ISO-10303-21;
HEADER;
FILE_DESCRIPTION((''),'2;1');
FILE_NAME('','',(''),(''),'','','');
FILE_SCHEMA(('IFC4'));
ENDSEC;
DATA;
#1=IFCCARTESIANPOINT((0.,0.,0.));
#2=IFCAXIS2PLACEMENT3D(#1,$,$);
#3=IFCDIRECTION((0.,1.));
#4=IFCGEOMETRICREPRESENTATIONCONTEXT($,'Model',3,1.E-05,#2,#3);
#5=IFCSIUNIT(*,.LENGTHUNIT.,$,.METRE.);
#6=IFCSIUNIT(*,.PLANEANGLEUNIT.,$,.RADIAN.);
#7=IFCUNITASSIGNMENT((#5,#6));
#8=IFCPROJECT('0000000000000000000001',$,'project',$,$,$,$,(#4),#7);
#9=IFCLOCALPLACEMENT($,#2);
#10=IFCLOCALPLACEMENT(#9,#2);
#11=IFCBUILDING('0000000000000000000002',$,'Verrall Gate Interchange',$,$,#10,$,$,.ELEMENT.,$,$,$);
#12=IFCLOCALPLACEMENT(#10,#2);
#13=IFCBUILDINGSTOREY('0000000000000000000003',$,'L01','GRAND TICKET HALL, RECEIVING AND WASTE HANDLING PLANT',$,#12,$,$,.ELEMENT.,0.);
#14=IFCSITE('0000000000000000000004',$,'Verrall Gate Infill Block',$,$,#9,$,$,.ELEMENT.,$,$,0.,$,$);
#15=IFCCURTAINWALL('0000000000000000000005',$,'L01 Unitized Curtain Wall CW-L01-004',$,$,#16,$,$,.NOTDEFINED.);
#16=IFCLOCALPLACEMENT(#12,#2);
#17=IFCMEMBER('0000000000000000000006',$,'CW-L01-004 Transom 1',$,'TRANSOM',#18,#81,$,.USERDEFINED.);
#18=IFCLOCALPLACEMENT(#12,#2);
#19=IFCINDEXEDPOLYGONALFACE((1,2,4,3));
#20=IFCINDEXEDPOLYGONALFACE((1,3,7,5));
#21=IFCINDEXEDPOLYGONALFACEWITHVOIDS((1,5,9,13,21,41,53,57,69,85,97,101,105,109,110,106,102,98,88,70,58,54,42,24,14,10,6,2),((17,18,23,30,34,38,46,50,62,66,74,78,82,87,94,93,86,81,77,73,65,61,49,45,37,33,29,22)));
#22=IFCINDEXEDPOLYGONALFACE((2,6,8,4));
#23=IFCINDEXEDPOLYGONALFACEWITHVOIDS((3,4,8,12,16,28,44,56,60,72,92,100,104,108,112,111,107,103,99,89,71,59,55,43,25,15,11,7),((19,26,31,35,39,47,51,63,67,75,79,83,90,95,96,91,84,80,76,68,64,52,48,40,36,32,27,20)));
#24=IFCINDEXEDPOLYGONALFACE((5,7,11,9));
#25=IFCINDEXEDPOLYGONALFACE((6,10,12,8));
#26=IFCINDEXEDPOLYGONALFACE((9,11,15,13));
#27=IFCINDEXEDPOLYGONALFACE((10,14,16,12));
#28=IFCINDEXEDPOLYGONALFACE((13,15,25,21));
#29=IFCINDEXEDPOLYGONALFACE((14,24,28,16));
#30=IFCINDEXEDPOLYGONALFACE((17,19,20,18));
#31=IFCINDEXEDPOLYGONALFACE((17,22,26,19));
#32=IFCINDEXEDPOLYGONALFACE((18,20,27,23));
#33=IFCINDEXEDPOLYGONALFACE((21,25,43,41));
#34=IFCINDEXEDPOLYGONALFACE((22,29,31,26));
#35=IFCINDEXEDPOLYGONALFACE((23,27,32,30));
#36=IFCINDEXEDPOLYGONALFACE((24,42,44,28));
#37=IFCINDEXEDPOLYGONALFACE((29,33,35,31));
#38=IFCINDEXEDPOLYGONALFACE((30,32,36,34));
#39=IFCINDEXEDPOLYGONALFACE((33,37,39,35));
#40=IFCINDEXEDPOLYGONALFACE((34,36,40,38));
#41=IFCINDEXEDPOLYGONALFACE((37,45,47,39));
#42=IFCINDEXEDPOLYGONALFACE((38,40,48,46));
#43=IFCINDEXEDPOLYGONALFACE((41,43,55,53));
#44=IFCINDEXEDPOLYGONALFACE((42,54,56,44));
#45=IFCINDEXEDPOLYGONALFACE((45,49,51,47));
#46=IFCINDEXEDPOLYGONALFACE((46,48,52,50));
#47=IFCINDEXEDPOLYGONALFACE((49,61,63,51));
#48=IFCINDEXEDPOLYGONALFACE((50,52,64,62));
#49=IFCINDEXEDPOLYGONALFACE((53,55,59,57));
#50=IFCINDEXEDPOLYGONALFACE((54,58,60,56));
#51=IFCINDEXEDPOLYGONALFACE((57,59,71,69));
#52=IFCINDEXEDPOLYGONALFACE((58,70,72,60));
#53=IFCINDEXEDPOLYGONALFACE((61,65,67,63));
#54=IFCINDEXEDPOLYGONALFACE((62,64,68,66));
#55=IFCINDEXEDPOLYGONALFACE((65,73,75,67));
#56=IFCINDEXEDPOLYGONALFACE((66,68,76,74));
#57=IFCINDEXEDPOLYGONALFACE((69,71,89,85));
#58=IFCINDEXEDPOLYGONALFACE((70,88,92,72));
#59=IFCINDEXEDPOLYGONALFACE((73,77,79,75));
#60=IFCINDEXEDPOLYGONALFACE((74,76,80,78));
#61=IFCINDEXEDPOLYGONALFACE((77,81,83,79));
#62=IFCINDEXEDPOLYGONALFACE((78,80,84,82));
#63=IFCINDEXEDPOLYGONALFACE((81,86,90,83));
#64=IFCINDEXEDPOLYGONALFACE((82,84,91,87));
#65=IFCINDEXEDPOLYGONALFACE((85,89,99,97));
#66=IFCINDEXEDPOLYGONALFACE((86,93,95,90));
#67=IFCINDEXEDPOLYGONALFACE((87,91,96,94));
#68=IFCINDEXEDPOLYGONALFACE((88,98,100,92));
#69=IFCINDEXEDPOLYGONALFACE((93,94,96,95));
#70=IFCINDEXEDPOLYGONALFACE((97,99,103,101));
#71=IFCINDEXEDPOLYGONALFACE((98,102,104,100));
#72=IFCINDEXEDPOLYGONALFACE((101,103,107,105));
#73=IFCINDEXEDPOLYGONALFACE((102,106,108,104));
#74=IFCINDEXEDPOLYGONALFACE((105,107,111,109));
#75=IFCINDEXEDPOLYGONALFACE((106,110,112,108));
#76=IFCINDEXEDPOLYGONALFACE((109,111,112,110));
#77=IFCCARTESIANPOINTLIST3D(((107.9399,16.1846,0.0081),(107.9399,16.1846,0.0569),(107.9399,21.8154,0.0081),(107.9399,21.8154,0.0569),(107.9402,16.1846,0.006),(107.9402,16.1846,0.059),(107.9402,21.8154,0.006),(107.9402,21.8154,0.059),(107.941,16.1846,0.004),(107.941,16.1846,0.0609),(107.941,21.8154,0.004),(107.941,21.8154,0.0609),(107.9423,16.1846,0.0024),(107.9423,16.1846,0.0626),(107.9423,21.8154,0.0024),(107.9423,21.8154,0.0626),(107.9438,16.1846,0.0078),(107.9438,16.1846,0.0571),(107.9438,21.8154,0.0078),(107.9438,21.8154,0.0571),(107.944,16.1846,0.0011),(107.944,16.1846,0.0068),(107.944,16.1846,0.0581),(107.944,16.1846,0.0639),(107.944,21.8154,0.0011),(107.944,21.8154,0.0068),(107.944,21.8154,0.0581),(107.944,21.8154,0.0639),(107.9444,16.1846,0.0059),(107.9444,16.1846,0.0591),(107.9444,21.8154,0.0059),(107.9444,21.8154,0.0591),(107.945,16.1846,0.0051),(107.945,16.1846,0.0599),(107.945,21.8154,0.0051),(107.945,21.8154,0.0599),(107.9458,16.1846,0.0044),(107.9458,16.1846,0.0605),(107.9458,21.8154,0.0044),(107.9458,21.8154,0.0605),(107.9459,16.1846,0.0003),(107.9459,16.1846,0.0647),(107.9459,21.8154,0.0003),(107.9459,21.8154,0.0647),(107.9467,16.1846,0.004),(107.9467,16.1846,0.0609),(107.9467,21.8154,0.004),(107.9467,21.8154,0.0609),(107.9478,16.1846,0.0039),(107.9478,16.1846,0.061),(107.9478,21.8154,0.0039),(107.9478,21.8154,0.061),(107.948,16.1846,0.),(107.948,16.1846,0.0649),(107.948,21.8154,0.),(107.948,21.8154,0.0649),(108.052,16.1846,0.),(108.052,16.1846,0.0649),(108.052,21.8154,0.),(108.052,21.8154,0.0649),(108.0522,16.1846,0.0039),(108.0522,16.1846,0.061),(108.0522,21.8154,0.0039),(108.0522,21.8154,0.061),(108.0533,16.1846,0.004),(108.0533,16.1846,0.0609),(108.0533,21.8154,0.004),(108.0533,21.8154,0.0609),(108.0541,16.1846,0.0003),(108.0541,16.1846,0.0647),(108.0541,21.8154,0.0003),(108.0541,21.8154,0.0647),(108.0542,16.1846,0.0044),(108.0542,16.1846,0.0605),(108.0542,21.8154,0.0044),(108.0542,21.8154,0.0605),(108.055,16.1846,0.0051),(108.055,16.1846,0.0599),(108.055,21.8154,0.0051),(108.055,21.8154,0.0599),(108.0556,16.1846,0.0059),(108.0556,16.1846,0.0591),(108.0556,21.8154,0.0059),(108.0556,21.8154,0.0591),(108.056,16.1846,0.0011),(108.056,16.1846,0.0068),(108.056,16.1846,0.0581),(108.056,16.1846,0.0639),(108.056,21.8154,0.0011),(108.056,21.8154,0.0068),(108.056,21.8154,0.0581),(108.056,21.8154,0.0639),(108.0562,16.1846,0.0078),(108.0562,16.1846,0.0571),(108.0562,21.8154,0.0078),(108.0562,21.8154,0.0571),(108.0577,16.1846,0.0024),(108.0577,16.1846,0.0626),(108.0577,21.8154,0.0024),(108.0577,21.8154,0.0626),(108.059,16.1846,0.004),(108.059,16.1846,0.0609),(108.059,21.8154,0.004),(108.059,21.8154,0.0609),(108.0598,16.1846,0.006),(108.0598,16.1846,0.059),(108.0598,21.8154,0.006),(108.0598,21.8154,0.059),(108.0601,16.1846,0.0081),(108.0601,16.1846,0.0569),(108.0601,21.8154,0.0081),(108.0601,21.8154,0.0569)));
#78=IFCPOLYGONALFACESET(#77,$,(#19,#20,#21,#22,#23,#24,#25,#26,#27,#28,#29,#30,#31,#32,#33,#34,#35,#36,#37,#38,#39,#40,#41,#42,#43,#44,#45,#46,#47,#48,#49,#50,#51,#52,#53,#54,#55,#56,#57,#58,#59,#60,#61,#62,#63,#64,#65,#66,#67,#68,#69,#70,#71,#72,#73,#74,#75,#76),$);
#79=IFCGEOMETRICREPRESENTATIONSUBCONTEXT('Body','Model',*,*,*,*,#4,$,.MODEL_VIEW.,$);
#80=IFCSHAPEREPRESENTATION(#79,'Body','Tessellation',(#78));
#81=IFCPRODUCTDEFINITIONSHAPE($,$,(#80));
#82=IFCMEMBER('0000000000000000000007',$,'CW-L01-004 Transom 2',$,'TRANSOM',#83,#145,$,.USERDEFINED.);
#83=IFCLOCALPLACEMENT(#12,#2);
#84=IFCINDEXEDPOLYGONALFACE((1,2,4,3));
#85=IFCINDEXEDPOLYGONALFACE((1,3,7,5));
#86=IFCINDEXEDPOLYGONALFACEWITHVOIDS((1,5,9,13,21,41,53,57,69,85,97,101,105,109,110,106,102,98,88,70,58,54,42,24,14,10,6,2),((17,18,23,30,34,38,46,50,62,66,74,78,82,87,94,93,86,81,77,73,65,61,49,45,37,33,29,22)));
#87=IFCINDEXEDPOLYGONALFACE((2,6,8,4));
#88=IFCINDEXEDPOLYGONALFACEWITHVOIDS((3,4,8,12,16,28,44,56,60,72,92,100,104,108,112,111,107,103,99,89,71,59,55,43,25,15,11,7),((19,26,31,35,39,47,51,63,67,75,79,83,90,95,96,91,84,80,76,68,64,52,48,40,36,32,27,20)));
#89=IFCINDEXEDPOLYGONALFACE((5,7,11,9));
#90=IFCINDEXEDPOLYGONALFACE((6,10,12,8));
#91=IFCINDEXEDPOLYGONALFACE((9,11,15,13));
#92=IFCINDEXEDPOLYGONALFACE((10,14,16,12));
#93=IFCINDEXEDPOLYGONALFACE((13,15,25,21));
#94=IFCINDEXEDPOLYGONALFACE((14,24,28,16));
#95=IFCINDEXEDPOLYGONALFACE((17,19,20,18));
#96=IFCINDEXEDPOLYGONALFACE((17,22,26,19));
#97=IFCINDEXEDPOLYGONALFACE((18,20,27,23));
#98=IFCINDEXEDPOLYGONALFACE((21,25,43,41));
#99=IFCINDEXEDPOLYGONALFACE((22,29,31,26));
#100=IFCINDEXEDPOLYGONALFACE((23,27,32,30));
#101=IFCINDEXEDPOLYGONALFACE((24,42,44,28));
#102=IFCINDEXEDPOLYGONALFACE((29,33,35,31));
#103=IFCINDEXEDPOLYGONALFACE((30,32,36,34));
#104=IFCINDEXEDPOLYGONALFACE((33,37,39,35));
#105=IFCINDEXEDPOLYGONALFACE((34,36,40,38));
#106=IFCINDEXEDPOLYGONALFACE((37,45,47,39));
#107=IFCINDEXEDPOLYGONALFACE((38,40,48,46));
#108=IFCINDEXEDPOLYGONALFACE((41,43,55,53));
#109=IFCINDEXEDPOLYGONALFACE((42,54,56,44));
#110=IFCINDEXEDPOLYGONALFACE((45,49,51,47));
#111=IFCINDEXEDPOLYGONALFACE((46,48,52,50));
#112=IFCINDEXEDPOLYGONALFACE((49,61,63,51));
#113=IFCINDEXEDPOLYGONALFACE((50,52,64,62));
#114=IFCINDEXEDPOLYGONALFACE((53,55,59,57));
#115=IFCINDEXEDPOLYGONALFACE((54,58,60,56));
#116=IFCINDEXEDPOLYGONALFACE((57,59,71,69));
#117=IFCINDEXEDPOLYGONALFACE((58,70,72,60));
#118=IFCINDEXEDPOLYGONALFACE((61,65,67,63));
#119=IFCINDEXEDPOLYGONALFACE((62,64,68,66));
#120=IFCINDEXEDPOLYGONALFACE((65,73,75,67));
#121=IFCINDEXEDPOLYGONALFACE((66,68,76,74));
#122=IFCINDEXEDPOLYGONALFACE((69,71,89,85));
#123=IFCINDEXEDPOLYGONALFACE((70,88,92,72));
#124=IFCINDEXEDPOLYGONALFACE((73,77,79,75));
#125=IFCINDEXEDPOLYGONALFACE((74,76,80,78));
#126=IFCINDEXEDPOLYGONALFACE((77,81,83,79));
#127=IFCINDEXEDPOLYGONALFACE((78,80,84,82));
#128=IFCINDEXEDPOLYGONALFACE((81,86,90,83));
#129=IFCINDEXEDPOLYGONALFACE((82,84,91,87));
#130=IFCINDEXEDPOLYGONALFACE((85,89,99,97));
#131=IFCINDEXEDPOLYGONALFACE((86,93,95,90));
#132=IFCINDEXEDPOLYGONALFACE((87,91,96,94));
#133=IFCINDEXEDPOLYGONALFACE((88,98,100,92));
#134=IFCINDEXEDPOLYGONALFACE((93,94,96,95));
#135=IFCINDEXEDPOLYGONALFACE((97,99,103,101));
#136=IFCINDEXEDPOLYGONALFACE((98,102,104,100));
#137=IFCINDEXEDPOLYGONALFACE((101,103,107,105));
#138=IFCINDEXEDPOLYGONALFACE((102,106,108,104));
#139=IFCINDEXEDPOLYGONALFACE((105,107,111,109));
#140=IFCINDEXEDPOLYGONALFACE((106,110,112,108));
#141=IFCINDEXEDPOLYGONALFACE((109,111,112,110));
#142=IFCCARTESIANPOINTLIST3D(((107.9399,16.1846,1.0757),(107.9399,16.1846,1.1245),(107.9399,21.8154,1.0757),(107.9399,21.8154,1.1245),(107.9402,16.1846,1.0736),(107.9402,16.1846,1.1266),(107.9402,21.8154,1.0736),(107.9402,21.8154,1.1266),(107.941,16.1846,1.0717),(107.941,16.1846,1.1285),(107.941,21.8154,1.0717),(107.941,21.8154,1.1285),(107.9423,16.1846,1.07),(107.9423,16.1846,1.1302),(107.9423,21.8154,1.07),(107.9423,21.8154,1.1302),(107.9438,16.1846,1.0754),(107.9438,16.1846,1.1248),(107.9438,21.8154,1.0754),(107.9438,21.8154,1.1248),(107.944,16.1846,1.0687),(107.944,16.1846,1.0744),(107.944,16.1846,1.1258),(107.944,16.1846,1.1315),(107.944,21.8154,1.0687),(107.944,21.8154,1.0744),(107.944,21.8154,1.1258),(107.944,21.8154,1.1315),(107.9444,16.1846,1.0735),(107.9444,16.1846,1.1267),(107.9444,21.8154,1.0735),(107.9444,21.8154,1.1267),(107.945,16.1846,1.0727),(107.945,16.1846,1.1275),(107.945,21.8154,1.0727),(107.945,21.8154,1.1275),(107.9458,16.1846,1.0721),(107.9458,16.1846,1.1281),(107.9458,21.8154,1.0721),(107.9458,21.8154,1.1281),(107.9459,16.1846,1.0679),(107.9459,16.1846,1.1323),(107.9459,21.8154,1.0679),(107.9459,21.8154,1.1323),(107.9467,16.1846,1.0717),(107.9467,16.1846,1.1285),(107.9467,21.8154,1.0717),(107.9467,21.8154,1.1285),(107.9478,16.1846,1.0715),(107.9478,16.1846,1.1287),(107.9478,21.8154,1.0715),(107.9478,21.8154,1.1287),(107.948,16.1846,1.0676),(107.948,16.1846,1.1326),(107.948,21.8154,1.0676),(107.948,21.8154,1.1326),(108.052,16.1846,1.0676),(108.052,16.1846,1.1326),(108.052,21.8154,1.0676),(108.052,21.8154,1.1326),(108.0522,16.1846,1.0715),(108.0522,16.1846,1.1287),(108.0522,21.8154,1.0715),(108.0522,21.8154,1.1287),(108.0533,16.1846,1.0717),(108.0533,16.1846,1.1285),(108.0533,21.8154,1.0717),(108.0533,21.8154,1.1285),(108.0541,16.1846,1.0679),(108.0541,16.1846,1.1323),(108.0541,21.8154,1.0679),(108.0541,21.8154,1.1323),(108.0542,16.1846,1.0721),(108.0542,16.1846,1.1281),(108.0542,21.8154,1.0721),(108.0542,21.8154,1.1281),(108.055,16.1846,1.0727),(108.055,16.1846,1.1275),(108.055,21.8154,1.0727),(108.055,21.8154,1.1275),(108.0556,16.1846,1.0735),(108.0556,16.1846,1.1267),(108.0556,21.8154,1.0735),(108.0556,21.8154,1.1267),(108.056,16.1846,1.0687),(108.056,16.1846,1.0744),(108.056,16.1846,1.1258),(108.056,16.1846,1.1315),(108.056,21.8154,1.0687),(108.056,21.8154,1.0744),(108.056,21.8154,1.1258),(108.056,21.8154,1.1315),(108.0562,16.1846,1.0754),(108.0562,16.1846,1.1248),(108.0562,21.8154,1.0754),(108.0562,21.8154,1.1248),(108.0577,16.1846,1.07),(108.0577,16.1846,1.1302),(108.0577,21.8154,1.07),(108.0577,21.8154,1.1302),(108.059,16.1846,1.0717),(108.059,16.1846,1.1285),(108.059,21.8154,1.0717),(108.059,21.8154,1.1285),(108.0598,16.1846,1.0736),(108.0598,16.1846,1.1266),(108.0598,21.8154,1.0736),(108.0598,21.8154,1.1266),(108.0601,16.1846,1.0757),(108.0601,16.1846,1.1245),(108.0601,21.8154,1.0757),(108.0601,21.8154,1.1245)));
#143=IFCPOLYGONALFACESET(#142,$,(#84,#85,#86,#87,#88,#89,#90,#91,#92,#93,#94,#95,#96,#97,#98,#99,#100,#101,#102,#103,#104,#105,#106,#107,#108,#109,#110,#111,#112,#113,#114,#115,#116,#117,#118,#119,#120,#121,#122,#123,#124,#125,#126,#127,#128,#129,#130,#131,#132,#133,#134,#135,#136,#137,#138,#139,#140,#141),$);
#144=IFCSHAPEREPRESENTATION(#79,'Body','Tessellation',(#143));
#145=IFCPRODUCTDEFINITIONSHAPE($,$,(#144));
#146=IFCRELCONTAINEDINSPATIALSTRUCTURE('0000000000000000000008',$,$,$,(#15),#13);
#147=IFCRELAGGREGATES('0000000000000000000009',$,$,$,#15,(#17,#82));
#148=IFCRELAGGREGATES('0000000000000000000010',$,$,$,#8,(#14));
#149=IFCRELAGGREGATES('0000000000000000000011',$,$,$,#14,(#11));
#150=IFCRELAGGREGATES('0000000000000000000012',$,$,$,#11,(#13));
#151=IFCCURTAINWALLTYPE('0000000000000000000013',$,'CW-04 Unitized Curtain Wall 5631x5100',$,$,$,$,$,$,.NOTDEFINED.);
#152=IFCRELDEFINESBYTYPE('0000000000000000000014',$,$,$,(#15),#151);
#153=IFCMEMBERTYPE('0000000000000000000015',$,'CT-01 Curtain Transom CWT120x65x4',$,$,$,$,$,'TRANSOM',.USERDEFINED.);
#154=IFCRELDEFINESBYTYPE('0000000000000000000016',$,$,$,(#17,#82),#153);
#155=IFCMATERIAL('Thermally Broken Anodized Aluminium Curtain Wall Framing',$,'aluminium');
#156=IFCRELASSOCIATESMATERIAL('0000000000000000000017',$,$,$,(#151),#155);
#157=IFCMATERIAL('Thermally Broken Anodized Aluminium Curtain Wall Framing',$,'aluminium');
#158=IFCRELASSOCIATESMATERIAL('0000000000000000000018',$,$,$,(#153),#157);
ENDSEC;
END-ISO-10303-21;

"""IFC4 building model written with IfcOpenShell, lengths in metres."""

from ifc_helpers import new_model, si_unit, direction, frame, origin, origin_2d, place, context, subcontext, project, spatial, hollow_rectangle, extrude, material, material_profile, profile_set, type_object, element, aggregate, save


model = new_model("IFC4")

# Units and contexts
model_context = context("Model", 3, precision=1e-05, world=origin(), true_north=direction((0.0, 1.0)))
body_context = subcontext(model_context, "Body", "Model", "MODEL_VIEW")
ifc_project = project(units=[si_unit("LENGTHUNIT", "METRE"), si_unit("PLANEANGLEUNIT", "RADIAN")], contexts=[model_context])

# Site, building, storey
site_placement = place(None, origin())
site = spatial("IfcSite", under=ifc_project, at=site_placement, Name="Verrall Gate Infill Block", CompositionType="ELEMENT", RefElevation=0.0)
building_placement = place(site_placement, origin())
building = spatial("IfcBuilding", under=site, at=building_placement, Name="Verrall Gate Interchange", CompositionType="ELEMENT")
storey_placement = place(building_placement, origin())
storey = spatial("IfcBuildingStorey", under=building, at=storey_placement, Name="L01", Description="GRAND TICKET HALL, RECEIVING AND WASTE HANDLING PLANT", CompositionType="ELEMENT", Elevation=0.0)

# Curtain wall
ifc_material_1 = material(Name="Thermally Broken Anodized Aluminium Curtain Wall Framing", Category="aluminium")
curtain_wall_type_1 = type_object("IfcCurtainWallType", Name="CW-04 Unitized Curtain Wall 5631x5100", PredefinedType="NOTDEFINED", material=ifc_material_1)
curtain_wall_1_placement = place(storey_placement, origin())
curtain_wall_1 = element("IfcCurtainWall", 1, at=curtain_wall_1_placement, inside=storey, type_object=curtain_wall_type_1, Name="L01 Unitized Curtain Wall CW-L01-004", PredefinedType="NOTDEFINED")

# Members
ifc_material_2 = material(Name="Thermally Broken Anodized Aluminium Curtain Wall Framing", Category="aluminium")
ifc_material_profile_1 = material_profile(ifc_material_2, hollow_rectangle(XDim=0.1201, YDim=0.0649, WallThickness=0.0039, InnerFilletRadius=0.0039, OuterFilletRadius=0.0081, at=origin_2d()), Name="CWT120x65x4")
ifc_profile_set_1 = profile_set([ifc_material_profile_1], Name="Thermally Broken Anodized Aluminium Curtain Wall Framing")
member_type_1 = type_object("IfcMemberType", Name="CT-01 Curtain Transom CWT120x65x4", ElementType="TRANSOM", PredefinedType="USERDEFINED", material=ifc_profile_set_1)
member_1_placement = place(storey_placement, frame((108.0, 16.1846, 0.0325), z_axis=(0.0, 1.0, 0.0), x_axis=(-1.0, 0.0, 0.0)))
member_1 = element("IfcMember", 2, at=member_1_placement, type_object=member_type_1, Name="CW-L01-004 Transom 1", ObjectType="TRANSOM", PredefinedType="USERDEFINED", context=body_context, shape_type="SweptSolid", body=[
    extrude(hollow_rectangle(XDim=0.1201, YDim=0.0649, WallThickness=0.0039, InnerFilletRadius=0.0039, OuterFilletRadius=0.0081, at=origin_2d()), origin(), (0.0, 0.0, 1.0), 5.6309),
])
member_2_placement = place(storey_placement, frame((108.0, 16.1846, 1.1001), z_axis=(0.0, 1.0, 0.0), x_axis=(-1.0, 0.0, 0.0)))
member_2 = element("IfcMember", 3, at=member_2_placement, type_object=member_type_1, Name="CW-L01-004 Transom 2", ObjectType="TRANSOM", PredefinedType="USERDEFINED", context=body_context, shape_type="SweptSolid", body=[
    extrude(hollow_rectangle(XDim=0.1201, YDim=0.0649, WallThickness=0.0039, InnerFilletRadius=0.0039, OuterFilletRadius=0.0081, at=origin_2d()), origin(), (0.0, 0.0, 1.0), 5.6309),
])

aggregate(curtain_wall_1, [member_1, member_2])

save(model, "model.ifc")
